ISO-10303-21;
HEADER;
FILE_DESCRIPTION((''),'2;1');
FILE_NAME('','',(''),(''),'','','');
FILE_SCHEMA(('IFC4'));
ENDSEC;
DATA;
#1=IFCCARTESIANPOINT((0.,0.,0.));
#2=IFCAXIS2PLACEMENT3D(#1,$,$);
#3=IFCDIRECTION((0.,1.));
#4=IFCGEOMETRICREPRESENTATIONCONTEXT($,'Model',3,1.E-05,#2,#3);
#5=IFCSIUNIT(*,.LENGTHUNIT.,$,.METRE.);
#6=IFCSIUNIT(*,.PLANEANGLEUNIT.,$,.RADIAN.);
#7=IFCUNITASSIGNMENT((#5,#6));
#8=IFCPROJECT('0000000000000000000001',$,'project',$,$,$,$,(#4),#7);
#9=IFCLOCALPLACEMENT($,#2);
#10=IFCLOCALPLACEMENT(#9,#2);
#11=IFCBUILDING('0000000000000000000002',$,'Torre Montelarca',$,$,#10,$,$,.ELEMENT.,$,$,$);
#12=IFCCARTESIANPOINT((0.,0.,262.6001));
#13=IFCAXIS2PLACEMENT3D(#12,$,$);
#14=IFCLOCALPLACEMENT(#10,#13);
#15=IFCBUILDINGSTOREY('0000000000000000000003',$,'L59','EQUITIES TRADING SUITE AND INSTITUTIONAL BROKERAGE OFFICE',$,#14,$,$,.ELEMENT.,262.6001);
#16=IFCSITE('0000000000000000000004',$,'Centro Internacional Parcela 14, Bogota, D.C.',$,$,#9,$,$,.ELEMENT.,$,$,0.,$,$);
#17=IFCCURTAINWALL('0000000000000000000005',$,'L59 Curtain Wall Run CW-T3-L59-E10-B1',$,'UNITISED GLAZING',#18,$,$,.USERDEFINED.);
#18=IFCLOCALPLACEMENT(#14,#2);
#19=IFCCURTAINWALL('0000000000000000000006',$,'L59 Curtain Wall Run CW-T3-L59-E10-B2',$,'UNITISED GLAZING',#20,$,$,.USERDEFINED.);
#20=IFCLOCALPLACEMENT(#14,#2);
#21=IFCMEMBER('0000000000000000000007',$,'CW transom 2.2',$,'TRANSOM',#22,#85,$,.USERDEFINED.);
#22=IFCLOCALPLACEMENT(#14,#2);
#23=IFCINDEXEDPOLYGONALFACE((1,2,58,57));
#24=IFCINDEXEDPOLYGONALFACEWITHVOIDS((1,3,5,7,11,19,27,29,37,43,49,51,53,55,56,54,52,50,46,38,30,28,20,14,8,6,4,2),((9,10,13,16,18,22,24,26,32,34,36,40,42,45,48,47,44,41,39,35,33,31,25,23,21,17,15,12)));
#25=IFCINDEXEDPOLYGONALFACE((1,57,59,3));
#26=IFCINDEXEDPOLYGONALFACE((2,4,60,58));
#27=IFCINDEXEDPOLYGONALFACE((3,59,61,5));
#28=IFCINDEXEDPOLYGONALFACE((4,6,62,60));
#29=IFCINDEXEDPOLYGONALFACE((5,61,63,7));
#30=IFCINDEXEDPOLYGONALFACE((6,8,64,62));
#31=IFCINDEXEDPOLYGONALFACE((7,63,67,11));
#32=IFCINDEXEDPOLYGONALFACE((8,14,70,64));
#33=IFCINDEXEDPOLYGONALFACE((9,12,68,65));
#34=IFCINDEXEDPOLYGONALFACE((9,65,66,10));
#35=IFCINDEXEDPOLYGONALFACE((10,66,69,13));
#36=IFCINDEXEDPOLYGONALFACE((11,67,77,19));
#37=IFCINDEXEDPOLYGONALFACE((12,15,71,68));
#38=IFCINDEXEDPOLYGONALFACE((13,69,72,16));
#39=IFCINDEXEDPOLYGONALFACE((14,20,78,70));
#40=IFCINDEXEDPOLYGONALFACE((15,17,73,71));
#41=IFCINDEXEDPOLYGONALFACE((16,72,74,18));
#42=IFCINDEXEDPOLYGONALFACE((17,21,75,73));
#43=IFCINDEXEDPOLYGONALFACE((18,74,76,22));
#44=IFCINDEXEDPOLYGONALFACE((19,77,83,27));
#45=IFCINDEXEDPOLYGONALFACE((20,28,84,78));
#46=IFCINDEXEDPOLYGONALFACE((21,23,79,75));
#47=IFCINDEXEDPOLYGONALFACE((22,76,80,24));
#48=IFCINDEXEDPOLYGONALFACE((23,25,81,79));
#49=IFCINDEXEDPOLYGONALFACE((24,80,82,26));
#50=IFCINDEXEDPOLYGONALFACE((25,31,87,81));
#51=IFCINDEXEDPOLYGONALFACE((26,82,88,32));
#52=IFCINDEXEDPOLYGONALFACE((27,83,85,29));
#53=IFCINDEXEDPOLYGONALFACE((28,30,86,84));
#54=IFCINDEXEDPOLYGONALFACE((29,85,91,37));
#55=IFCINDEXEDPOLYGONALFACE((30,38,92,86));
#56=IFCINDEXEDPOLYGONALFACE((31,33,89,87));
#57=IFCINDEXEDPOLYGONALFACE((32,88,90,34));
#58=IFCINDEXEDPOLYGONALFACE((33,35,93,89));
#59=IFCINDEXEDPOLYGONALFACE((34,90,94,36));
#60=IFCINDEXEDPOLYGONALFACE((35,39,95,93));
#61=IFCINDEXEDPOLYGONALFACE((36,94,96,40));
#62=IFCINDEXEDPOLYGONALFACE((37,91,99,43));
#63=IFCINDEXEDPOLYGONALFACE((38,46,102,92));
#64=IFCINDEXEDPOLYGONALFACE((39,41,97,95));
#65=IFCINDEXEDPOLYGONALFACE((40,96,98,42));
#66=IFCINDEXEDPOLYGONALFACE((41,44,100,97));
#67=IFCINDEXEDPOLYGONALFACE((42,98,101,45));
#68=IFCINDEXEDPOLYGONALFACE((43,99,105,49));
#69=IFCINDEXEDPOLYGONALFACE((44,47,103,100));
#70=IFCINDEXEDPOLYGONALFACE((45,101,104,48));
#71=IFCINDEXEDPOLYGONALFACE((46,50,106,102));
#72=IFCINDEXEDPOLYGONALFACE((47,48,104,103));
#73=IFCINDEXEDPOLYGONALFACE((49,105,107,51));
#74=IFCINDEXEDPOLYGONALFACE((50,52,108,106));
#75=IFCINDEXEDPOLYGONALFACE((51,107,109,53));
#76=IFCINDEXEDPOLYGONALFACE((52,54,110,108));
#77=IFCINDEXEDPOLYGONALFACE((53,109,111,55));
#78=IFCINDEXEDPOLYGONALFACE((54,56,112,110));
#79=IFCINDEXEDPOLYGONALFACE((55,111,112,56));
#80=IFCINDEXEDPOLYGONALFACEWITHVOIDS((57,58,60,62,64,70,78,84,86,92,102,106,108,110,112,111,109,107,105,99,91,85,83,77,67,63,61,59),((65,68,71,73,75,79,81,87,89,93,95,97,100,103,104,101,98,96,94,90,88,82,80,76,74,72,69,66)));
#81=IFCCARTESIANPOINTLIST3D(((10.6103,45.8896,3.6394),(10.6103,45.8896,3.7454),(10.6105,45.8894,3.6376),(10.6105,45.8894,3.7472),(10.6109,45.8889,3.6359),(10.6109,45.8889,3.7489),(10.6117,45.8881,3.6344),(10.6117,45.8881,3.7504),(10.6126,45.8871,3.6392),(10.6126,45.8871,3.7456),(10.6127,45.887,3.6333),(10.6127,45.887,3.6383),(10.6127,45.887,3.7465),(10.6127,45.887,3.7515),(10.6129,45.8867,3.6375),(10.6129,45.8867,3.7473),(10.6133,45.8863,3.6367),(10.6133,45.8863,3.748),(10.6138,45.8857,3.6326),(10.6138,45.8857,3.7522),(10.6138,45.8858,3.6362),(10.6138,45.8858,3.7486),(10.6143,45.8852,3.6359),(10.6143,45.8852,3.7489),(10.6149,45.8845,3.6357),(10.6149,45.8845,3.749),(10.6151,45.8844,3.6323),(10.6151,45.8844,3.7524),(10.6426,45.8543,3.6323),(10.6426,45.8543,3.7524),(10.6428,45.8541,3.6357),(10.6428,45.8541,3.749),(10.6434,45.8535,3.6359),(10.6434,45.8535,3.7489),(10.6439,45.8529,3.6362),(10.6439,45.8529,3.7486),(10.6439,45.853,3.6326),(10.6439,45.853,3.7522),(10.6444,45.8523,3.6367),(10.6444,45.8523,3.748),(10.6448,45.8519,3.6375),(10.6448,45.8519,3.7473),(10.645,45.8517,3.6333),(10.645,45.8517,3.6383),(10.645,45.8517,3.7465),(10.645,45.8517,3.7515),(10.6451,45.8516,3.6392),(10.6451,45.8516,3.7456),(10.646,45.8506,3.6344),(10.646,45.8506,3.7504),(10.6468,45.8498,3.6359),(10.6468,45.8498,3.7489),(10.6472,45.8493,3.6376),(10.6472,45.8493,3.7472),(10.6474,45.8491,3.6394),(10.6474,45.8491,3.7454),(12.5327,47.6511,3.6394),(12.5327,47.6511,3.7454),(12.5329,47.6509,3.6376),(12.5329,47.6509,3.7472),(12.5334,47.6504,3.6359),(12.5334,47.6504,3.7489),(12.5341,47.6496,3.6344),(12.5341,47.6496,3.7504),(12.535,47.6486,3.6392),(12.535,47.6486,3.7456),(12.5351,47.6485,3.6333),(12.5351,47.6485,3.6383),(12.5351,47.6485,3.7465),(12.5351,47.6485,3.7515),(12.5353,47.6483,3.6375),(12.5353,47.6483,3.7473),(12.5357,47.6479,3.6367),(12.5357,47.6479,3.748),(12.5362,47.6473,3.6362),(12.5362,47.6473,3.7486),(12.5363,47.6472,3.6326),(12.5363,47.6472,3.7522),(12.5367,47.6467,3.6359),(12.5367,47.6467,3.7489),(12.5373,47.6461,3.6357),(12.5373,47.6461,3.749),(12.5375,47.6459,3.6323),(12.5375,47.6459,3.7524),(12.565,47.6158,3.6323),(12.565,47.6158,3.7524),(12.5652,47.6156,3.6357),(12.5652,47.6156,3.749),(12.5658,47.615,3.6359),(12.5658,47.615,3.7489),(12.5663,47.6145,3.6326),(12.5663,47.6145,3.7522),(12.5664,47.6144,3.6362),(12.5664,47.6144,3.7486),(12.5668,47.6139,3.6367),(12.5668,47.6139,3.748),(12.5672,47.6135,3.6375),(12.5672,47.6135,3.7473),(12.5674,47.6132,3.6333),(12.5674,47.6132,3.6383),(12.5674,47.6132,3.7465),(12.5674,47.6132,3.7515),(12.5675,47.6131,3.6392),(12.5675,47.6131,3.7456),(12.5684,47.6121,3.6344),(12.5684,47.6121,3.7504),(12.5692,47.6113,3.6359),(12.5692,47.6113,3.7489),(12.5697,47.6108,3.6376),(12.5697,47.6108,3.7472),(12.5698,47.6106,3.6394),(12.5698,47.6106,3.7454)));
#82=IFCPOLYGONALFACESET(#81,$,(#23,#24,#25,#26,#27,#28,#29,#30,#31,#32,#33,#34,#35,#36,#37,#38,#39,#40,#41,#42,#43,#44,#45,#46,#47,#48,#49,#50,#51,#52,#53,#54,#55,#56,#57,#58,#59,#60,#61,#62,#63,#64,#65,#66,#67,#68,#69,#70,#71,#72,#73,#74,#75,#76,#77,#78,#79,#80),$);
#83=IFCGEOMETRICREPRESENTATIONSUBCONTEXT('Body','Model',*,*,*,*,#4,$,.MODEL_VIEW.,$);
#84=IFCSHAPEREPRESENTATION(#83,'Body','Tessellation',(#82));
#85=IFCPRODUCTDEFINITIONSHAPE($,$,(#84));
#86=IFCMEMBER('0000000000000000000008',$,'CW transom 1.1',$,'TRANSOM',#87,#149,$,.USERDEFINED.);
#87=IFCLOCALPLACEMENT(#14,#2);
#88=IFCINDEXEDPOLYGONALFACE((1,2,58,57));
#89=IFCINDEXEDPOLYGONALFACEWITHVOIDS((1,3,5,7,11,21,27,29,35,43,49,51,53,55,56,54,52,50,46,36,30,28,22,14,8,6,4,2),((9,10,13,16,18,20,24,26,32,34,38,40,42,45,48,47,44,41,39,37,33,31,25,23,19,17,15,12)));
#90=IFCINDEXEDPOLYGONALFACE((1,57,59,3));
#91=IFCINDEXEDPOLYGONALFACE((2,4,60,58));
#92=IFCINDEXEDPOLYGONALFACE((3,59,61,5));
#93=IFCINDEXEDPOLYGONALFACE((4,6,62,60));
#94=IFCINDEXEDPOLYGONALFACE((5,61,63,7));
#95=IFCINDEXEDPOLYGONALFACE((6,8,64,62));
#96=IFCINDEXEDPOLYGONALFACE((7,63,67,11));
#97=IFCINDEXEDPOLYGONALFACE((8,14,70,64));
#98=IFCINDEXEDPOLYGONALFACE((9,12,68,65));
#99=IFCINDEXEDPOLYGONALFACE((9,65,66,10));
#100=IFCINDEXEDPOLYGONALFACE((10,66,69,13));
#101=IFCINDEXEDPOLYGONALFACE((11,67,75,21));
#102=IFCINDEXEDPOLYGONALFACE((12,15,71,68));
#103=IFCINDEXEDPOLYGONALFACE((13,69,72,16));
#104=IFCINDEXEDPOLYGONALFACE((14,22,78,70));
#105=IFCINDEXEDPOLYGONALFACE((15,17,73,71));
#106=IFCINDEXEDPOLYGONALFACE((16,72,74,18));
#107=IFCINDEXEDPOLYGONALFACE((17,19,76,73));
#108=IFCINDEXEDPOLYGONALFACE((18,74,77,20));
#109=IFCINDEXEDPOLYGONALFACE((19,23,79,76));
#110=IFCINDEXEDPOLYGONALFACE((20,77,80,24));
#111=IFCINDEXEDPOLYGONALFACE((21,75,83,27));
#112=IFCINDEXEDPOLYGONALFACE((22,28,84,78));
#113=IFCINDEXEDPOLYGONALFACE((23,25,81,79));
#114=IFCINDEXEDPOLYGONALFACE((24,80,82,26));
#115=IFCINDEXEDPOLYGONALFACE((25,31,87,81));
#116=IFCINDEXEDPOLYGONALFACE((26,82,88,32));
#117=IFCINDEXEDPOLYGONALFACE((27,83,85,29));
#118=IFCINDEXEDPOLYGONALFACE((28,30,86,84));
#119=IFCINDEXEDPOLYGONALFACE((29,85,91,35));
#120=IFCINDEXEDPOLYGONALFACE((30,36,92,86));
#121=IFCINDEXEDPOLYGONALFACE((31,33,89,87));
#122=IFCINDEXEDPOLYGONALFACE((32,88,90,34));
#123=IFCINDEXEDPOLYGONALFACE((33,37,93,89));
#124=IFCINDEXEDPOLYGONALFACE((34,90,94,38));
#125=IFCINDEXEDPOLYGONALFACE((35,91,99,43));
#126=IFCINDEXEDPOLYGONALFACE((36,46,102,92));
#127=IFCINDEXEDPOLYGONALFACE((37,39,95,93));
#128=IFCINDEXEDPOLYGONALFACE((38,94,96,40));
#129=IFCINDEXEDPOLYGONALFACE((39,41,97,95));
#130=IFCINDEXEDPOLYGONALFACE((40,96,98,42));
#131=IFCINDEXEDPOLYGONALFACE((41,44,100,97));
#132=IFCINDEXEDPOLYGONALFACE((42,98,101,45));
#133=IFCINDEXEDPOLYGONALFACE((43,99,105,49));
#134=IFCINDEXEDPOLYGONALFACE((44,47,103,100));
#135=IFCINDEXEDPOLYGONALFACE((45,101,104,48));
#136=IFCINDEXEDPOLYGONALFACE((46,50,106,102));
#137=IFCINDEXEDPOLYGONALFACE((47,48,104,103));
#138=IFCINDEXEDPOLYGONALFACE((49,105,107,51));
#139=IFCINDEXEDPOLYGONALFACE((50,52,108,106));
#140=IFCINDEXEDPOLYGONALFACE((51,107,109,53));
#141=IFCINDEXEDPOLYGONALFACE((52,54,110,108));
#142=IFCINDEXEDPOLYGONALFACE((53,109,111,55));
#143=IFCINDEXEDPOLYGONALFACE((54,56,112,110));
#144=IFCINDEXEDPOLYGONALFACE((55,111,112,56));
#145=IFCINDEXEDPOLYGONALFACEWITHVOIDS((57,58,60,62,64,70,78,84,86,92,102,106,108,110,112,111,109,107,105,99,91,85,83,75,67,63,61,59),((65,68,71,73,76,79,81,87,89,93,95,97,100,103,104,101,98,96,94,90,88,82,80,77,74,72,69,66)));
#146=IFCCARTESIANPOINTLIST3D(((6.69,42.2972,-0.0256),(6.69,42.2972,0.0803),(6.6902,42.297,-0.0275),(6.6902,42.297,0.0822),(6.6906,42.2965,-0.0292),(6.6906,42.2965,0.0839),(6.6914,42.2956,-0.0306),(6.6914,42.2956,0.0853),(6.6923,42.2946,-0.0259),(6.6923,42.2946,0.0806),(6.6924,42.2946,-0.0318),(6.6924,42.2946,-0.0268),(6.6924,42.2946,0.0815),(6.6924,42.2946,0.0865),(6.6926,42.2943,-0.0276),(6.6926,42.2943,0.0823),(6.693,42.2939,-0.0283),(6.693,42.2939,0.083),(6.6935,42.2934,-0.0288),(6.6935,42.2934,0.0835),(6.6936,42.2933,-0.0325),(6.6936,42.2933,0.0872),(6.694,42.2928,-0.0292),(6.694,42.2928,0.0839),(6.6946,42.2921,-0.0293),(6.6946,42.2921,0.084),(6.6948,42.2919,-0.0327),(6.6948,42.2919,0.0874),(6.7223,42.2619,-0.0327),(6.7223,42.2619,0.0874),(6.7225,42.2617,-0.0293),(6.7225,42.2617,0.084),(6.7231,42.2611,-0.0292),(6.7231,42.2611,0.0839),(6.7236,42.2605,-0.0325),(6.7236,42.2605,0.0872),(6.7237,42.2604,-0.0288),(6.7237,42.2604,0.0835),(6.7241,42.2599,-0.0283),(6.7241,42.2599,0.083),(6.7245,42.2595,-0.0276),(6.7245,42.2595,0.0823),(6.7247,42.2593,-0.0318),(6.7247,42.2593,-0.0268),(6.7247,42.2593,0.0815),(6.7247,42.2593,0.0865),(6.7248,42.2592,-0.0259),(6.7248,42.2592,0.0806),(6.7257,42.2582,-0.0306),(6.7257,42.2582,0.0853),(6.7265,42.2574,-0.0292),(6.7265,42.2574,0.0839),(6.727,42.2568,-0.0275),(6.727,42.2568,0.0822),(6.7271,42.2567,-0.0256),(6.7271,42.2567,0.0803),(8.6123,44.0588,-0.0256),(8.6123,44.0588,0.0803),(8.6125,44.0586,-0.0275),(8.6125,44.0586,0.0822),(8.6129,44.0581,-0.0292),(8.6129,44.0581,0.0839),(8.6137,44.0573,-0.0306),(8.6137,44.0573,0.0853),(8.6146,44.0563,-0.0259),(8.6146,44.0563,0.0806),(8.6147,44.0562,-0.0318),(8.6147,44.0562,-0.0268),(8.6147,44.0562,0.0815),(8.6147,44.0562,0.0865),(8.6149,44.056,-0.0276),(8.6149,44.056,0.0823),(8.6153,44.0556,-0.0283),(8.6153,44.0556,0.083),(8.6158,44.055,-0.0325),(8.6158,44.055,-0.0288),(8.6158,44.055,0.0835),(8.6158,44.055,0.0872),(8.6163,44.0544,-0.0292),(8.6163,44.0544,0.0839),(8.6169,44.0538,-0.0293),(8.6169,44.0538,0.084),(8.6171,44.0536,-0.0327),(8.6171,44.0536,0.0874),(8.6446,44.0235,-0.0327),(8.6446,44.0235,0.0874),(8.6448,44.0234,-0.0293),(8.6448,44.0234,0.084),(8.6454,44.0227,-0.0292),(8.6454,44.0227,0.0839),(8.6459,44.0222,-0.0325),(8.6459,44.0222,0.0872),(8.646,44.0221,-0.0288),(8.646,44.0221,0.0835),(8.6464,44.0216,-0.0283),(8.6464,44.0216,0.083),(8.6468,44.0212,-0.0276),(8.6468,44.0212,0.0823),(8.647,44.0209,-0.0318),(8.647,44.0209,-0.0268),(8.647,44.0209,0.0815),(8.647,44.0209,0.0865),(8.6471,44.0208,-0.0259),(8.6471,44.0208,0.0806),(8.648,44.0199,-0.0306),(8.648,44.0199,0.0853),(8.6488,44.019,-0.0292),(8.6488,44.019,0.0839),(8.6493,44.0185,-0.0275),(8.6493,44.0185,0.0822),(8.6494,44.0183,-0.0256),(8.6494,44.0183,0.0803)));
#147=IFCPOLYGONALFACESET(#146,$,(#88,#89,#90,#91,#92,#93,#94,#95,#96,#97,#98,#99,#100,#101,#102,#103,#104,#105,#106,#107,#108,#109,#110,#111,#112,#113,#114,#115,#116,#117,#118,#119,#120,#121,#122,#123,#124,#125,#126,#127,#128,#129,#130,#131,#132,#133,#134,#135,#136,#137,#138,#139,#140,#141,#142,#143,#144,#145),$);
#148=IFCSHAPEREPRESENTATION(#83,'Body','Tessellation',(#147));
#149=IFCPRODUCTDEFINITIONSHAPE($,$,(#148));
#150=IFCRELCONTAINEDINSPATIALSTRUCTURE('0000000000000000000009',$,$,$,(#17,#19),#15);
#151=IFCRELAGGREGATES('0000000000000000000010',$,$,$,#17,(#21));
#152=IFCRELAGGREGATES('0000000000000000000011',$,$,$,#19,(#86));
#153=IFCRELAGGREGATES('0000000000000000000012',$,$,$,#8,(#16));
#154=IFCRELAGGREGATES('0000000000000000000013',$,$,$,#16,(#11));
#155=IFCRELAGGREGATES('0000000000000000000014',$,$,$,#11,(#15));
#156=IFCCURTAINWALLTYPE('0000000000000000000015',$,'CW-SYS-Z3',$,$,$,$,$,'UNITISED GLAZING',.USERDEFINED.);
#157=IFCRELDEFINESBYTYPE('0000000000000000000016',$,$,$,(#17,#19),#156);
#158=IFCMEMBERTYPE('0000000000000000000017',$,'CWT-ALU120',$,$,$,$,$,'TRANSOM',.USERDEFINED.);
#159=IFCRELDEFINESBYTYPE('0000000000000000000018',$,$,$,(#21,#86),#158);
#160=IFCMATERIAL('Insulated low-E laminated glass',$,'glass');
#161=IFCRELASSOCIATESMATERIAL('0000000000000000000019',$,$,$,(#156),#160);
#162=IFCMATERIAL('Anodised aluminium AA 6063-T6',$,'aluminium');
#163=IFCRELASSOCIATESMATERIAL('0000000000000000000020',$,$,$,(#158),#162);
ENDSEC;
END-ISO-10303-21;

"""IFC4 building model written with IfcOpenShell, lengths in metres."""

from ifc_helpers import new_model, si_unit, direction, frame, origin, origin_2d, place, context, subcontext, project, spatial, hollow_rectangle, extrude, source, transform, mapped, material, material_profile, profile_set, type_object, element, aggregate, save


model = new_model("IFC4")

# Units and contexts
model_context = context("Model", 3, precision=1e-05, world=origin(), true_north=direction((0.0, 1.0)))
body_context = subcontext(model_context, "Body", "Model", "MODEL_VIEW")
ifc_project = project(units=[si_unit("LENGTHUNIT", "METRE"), si_unit("PLANEANGLEUNIT", "RADIAN")], contexts=[model_context])

# Site, building, storey
site_placement = place(None, origin())
site = spatial("IfcSite", under=ifc_project, at=site_placement, Name="Centro Internacional Parcela 14, Bogota, D.C.", CompositionType="ELEMENT", RefElevation=0.0)
building_placement = place(site_placement, origin())
building = spatial("IfcBuilding", under=site, at=building_placement, Name="Torre Montelarca", CompositionType="ELEMENT")
storey_placement = place(building_placement, frame((0.0, 0.0, 262.6001)))
storey = spatial("IfcBuildingStorey", under=building, at=storey_placement, Name="L59", Description="EQUITIES TRADING SUITE AND INSTITUTIONAL BROKERAGE OFFICE", CompositionType="ELEMENT", Elevation=262.6001)

# Curtain walls
ifc_material_1 = material(Name="Insulated low-E laminated glass", Category="glass")
curtain_wall_type = type_object("IfcCurtainWallType", Name="CW-SYS-Z3", ElementType="UNITISED GLAZING", PredefinedType="USERDEFINED", material=ifc_material_1)
curtain_wall_1_placement = place(storey_placement, origin())
curtain_wall_1 = element("IfcCurtainWall", 1, at=curtain_wall_1_placement, inside=storey, type_object=curtain_wall_type, Name="L59 Curtain Wall Run CW-T3-L59-E10-B1", ObjectType="UNITISED GLAZING", PredefinedType="USERDEFINED")
ifc_material_2 = material(Name="Anodised aluminium AA 6063-T6", Category="aluminium")
curtain_wall_2_placement = place(storey_placement, origin())
curtain_wall_2 = element("IfcCurtainWall", 2, at=curtain_wall_2_placement, inside=storey, type_object=curtain_wall_type, Name="L59 Curtain Wall Run CW-T3-L59-E10-B2", ObjectType="UNITISED GLAZING", PredefinedType="USERDEFINED")

# Members
ifc_material_profile_1 = material_profile(ifc_material_2, hollow_rectangle(XDim=0.0549, YDim=0.1201, WallThickness=0.0034, InnerFilletRadius=0.0034, OuterFilletRadius=0.0071, at=origin_2d()), Name="ALU55X120X3.5", Category="aluminium")
ifc_profile_set_1 = profile_set([ifc_material_profile_1], Name="Anodised aluminium AA 6063-T6")
member_type_1 = type_object("IfcMemberType", Name="CWT-ALU120", ElementType="TRANSOM", PredefinedType="USERDEFINED", material=ifc_profile_set_1)
shared_shape_1 = source(origin(), body_context, "Body", "SweptSolid", [
    extrude(hollow_rectangle(XDim=0.0549, YDim=0.1201, WallThickness=0.0034, InnerFilletRadius=0.0034, OuterFilletRadius=0.0071, at=origin_2d()), origin(), (0.0, 0.0, 1.0), 2.6074),
])
member_1_placement = place(storey_placement, frame((12.5513, 47.6309, 3.6924), z_axis=(-0.737286, -0.67558, 0.0), x_axis=(0.67558, -0.737286, 0.0)))
member_1 = element("IfcMember", 3, at=member_1_placement, type_object=member_type_1, Name="CW transom 2.2", ObjectType="TRANSOM", PredefinedType="USERDEFINED", context=body_context, shape_type="MappedRepresentation", body=[
    mapped(shared_shape_1, transform((0.0, 0.0, 0.0), scale=1.0)),
])
member_2_placement = place(storey_placement, frame((8.6309, 44.0386, 0.0273), z_axis=(-0.73724, -0.675631, 0.0), x_axis=(0.675631, -0.73724, 0.0)))
member_2 = element("IfcMember", 4, at=member_2_placement, type_object=member_type_1, Name="CW transom 1.1", ObjectType="TRANSOM", PredefinedType="USERDEFINED", context=body_context, shape_type="MappedRepresentation", body=[
    mapped(shared_shape_1, transform((0.0, 0.0, 0.0), scale=1.0)),
])

aggregate(curtain_wall_1, [member_1])
aggregate(curtain_wall_2, [member_2])

save(model, "model.ifc")
